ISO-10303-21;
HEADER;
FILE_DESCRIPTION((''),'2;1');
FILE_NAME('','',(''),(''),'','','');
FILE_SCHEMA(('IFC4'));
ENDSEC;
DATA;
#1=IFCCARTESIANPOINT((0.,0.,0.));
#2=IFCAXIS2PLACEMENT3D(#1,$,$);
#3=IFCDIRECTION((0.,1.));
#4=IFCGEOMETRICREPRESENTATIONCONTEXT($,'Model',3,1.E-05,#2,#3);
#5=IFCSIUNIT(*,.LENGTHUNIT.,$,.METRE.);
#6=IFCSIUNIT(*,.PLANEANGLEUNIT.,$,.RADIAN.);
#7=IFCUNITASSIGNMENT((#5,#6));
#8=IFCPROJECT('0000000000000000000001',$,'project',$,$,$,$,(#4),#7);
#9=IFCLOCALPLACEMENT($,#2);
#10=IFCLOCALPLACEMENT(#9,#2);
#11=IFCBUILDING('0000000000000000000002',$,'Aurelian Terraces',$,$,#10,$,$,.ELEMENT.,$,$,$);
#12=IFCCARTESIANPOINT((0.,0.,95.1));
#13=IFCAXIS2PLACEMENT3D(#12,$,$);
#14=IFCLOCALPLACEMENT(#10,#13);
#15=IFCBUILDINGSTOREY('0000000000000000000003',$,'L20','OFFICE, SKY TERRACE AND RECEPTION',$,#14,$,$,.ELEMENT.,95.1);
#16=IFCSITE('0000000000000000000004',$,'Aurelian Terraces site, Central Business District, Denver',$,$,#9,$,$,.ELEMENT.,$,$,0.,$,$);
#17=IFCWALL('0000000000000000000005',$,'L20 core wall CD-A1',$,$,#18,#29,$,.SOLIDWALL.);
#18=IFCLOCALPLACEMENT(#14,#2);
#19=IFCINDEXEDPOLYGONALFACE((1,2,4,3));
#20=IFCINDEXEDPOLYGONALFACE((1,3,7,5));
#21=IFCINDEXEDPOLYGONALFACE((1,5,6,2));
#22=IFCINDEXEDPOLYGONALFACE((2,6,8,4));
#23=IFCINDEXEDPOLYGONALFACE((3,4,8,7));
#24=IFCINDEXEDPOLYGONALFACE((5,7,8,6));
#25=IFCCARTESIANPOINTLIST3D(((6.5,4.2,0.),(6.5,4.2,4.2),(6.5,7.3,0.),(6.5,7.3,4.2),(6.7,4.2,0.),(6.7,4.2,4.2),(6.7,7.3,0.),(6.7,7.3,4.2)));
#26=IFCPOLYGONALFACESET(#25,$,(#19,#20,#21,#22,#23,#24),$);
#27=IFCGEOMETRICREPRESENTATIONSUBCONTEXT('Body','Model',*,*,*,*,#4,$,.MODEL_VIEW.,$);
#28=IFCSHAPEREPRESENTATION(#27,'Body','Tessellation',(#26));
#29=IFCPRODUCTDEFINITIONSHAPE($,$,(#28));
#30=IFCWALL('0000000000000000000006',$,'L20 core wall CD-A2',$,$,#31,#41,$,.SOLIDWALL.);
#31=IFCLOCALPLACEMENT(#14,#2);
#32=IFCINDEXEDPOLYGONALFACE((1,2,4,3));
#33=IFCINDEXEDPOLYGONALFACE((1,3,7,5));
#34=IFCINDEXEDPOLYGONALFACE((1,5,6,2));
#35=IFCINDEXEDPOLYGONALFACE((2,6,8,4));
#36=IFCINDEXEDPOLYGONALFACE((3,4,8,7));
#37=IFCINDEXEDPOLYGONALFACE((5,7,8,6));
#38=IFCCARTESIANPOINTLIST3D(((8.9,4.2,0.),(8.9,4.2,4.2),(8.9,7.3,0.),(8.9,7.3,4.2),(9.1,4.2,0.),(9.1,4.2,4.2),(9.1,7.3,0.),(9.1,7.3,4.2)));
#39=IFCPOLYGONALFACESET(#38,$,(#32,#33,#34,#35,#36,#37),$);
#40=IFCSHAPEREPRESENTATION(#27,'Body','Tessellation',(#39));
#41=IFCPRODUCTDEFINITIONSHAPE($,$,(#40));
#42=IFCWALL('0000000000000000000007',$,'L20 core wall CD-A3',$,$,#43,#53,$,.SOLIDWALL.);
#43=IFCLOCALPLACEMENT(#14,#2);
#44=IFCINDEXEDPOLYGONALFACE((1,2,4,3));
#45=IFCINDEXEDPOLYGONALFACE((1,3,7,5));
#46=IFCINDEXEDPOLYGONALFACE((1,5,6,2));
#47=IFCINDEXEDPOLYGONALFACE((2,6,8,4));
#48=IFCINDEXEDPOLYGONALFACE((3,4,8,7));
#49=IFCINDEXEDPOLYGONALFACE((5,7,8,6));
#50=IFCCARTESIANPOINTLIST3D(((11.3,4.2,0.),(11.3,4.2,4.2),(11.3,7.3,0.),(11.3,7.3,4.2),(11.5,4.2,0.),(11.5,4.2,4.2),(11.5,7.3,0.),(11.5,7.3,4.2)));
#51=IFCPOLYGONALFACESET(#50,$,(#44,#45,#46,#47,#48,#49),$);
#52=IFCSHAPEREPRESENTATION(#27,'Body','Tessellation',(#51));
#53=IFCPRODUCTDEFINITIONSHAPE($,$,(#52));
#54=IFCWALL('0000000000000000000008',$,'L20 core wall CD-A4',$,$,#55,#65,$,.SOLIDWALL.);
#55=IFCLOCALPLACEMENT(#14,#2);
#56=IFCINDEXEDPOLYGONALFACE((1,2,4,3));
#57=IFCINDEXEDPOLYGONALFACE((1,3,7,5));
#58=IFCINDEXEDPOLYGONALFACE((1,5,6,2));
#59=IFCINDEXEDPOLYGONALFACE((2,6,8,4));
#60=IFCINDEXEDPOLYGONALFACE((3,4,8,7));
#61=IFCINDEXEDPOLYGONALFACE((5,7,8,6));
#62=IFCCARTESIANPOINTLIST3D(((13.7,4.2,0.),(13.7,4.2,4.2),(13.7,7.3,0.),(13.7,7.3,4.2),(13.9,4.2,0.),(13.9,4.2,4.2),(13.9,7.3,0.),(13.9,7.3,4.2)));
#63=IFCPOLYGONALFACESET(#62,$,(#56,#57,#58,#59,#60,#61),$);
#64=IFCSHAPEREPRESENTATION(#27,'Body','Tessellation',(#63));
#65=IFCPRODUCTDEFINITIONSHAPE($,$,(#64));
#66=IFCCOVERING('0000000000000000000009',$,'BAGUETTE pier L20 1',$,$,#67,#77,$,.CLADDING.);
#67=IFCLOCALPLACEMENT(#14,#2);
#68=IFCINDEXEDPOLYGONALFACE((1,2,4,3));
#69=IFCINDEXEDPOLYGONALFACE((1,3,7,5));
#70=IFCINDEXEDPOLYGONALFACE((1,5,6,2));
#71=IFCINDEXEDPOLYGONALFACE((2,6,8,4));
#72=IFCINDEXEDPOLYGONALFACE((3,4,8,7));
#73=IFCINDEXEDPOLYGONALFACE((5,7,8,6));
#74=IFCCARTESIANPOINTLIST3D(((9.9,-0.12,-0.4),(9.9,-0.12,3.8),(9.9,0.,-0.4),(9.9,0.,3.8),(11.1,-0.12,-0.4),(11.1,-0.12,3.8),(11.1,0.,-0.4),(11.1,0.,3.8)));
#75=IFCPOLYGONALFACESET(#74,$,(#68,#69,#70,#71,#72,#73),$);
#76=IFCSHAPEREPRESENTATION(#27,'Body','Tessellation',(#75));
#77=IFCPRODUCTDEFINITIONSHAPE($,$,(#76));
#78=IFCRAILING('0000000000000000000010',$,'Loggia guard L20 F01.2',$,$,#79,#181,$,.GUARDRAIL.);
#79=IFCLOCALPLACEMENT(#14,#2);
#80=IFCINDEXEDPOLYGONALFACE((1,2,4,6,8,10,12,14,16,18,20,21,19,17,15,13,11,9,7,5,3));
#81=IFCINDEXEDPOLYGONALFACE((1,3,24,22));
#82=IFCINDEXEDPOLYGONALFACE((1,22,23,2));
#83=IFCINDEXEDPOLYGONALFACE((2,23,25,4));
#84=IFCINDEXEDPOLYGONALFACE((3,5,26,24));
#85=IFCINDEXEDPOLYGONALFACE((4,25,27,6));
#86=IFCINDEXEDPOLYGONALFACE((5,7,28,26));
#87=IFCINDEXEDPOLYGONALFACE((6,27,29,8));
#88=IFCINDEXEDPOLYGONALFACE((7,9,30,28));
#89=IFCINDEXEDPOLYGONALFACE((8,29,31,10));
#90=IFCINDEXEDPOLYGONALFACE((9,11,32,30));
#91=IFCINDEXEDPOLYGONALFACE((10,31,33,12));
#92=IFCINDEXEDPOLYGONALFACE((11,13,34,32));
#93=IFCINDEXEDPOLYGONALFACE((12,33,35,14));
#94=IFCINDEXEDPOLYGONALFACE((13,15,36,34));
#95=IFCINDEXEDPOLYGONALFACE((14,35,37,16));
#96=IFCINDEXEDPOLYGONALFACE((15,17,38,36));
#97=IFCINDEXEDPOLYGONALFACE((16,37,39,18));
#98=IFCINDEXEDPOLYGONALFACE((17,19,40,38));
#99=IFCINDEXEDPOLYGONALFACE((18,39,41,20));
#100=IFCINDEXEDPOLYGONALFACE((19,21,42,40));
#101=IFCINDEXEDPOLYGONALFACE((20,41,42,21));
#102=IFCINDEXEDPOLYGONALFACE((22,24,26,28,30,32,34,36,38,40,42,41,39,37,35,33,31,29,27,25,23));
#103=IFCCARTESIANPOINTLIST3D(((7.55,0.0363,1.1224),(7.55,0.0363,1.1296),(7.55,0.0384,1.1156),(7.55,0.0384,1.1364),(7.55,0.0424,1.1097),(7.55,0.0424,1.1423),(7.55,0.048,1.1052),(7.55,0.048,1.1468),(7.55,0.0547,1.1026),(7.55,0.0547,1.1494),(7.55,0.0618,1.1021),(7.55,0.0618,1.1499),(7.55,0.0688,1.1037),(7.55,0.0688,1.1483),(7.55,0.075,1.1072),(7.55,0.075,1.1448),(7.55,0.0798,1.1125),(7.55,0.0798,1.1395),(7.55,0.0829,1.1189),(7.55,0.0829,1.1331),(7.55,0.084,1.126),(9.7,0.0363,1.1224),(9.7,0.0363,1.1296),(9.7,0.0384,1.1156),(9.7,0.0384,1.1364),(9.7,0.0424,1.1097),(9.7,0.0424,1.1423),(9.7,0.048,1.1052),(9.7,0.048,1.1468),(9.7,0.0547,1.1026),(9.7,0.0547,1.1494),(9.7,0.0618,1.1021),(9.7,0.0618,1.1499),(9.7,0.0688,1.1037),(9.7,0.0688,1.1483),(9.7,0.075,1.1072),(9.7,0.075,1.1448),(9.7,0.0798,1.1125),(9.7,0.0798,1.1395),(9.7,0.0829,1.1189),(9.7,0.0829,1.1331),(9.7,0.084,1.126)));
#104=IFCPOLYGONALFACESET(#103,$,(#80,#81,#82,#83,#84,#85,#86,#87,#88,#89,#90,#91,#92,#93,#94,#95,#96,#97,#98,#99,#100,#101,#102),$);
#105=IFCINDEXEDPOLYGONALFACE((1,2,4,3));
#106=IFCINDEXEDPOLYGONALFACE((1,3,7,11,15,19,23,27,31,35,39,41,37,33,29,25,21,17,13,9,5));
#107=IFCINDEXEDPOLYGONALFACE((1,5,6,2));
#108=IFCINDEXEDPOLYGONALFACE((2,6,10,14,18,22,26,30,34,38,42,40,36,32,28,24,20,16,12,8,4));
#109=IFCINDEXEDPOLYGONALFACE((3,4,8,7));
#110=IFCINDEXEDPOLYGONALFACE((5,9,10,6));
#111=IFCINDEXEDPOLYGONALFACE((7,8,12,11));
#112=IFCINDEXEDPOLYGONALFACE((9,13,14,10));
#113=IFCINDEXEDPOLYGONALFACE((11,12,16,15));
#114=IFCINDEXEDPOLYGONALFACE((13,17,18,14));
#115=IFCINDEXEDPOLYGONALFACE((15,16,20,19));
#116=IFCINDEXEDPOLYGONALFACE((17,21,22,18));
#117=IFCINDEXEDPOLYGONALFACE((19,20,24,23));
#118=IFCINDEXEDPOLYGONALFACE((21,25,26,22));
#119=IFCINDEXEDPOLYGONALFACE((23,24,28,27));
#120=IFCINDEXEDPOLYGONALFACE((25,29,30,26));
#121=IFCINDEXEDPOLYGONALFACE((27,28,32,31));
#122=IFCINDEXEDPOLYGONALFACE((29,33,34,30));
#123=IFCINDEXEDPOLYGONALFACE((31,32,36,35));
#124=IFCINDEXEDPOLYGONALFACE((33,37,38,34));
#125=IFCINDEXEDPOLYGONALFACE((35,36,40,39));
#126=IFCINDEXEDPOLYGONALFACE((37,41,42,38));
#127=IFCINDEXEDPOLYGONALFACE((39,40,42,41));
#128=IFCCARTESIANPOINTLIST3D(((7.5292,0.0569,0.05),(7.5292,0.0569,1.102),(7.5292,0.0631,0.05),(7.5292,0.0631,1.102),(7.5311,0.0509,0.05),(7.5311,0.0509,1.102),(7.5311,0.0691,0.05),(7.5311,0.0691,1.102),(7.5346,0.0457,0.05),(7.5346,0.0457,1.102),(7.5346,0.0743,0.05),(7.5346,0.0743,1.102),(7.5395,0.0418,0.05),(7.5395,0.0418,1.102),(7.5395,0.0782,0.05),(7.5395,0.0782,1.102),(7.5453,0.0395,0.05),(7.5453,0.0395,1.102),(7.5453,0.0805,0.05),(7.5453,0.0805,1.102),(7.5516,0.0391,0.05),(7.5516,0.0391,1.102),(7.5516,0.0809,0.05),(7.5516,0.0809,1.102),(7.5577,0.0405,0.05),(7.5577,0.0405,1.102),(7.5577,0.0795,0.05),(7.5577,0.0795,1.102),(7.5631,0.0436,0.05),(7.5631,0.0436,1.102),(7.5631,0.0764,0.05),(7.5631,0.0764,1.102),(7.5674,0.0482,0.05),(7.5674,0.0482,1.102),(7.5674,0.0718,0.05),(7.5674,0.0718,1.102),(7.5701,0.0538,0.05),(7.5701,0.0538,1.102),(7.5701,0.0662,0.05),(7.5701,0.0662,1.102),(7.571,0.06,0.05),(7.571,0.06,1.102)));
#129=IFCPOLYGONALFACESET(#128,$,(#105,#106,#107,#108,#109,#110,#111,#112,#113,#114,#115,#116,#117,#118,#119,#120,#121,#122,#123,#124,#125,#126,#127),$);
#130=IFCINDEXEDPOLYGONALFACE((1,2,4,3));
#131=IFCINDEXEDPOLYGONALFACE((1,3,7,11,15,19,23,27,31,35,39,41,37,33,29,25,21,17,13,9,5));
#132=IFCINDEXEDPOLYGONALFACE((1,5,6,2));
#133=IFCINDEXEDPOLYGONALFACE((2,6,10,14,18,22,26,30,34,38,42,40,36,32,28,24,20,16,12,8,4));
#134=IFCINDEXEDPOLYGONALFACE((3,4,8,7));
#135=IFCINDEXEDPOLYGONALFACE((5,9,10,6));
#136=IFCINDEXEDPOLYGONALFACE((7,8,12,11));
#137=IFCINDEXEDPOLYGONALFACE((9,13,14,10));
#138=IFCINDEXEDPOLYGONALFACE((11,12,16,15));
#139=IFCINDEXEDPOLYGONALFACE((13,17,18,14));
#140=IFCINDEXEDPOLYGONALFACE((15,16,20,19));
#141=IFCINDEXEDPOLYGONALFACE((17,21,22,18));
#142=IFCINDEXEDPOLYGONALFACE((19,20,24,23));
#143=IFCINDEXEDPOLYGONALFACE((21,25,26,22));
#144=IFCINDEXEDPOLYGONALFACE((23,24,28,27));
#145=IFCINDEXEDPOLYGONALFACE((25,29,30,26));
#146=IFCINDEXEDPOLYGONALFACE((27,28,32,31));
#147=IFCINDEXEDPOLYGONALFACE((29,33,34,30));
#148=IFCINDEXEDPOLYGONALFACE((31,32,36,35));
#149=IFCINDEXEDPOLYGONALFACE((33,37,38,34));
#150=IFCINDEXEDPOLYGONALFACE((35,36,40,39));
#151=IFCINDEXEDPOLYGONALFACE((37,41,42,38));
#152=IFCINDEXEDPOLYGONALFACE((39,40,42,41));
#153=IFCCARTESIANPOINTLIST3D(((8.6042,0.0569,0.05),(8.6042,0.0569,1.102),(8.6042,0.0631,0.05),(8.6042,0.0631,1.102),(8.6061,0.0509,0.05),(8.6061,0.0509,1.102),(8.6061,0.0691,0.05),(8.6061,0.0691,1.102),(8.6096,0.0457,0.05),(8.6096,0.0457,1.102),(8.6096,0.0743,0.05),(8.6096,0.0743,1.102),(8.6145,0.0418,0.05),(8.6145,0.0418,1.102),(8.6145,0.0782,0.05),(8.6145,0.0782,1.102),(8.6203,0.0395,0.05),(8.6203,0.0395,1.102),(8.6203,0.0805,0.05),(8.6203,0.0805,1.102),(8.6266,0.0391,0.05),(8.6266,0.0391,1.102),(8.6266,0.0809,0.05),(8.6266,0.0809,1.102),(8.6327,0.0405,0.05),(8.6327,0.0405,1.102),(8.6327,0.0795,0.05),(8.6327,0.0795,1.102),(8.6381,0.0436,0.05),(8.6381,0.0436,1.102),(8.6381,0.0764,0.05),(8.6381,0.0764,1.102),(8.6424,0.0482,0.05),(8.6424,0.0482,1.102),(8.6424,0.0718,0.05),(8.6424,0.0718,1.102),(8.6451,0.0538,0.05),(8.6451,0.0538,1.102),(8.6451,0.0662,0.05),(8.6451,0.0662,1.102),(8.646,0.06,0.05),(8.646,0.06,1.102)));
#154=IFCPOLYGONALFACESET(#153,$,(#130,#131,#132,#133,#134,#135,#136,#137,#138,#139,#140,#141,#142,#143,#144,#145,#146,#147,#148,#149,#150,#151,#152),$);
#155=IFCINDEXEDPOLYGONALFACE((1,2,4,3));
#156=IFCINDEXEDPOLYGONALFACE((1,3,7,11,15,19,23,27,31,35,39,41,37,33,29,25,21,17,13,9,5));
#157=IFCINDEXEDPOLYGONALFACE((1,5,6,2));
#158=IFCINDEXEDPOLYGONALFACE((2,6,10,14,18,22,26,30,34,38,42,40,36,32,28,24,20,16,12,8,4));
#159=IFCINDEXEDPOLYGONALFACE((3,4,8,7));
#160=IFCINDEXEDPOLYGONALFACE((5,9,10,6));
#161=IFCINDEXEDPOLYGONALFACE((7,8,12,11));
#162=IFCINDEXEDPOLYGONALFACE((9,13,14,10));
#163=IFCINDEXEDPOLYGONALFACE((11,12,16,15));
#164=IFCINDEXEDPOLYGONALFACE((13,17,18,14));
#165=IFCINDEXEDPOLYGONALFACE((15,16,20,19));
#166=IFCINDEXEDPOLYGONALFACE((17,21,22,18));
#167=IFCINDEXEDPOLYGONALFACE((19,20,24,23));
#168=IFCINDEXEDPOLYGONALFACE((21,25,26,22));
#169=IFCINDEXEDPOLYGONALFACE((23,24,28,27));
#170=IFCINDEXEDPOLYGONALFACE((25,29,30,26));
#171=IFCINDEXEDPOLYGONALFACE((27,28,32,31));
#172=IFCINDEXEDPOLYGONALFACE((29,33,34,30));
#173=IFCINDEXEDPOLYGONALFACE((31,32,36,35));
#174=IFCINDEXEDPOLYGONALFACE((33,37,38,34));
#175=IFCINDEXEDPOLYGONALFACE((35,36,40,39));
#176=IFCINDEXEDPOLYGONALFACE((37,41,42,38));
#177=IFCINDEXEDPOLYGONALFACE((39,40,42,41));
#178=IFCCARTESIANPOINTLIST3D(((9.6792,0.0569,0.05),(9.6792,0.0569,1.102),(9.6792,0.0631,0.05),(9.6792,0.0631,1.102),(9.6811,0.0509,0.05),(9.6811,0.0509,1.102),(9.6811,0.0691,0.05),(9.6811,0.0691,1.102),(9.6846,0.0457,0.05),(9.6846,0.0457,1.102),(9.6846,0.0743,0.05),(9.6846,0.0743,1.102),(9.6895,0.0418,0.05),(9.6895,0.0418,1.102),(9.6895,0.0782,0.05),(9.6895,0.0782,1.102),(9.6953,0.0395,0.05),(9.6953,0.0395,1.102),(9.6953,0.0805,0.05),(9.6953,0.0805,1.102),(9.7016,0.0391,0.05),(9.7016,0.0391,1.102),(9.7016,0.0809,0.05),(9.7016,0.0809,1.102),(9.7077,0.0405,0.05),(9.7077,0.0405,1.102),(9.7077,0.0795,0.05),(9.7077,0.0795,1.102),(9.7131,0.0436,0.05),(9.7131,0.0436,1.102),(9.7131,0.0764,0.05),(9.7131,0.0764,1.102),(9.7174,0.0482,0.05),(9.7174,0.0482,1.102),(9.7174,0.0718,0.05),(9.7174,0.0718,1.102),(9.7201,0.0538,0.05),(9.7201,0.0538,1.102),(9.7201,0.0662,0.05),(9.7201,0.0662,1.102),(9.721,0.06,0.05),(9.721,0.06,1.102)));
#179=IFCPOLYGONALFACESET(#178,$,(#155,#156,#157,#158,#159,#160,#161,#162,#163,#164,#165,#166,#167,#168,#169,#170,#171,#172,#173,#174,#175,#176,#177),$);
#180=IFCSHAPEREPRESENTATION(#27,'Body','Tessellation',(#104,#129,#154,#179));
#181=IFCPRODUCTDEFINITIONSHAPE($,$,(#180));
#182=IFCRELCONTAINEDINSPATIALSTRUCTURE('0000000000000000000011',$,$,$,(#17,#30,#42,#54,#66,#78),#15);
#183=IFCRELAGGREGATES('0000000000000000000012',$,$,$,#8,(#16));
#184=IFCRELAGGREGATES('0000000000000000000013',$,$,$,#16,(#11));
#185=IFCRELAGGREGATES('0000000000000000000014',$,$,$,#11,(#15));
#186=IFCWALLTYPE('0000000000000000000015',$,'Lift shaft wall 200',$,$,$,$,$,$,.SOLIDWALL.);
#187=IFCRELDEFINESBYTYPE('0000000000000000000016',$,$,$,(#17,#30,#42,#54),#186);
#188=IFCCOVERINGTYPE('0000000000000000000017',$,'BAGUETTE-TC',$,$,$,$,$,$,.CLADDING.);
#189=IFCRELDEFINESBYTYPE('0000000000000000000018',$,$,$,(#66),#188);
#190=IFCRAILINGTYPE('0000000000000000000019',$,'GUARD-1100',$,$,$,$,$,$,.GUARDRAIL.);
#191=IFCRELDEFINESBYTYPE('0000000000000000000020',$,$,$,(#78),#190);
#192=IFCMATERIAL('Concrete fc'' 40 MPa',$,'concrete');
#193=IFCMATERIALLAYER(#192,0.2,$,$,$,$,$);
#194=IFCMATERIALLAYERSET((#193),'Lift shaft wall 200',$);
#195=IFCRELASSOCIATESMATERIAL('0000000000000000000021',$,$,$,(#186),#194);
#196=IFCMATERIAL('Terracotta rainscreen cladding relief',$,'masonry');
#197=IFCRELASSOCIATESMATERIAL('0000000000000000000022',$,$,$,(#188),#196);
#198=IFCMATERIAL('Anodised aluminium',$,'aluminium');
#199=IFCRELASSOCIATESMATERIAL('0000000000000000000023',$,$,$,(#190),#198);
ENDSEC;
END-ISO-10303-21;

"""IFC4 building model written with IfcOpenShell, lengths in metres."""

from ifc_helpers import new_model, si_unit, direction, frame, frame_2d, origin, origin_2d, place, context, subcontext, project, spatial, rectangle, circle, extrude, source, transform, mapped, material, layer, layer_set, type_object, element, save


model = new_model("IFC4")

# Units and contexts
model_context = context("Model", 3, precision=1e-05, world=origin(), true_north=direction((0.0, 1.0)))
body_context = subcontext(model_context, "Body", "Model", "MODEL_VIEW")
ifc_project = project(units=[si_unit("LENGTHUNIT", "METRE"), si_unit("PLANEANGLEUNIT", "RADIAN")], contexts=[model_context])

# Site, building, storey
site_placement = place(None, origin())
site = spatial("IfcSite", under=ifc_project, at=site_placement, Name="Aurelian Terraces site, Central Business District, Denver", CompositionType="ELEMENT", RefElevation=0.0)
building_placement = place(site_placement, origin())
building = spatial("IfcBuilding", under=site, at=building_placement, Name="Aurelian Terraces", CompositionType="ELEMENT")
storey_placement = place(building_placement, frame((0.0, 0.0, 95.1)))
storey = spatial("IfcBuildingStorey", under=building, at=storey_placement, Name="L20", Description="OFFICE, SKY TERRACE AND RECEPTION", CompositionType="ELEMENT", Elevation=95.1)

# Shared definitions
ifc_material_1 = material(Name="Concrete fc' 40 MPa", Category="concrete")

# Walls
ifc_layer_1 = layer(ifc_material_1, 0.2)
ifc_layer_set_1 = layer_set([ifc_layer_1], Name="Lift shaft wall 200")
wall_type_1 = type_object("IfcWallType", Name="Lift shaft wall 200", PredefinedType="SOLIDWALL", material=ifc_layer_set_1)
shared_shape_1 = source(origin(), body_context, "Body", "SweptSolid", [
    extrude(rectangle(XDim=3.1, YDim=0.2, at=frame_2d((1.55, 0.0))), origin(), (0.0, 0.0, 1.0), 4.2),
])
for number, where, z_axis, x_axis, name in (
    (1, (6.6, 4.2, 0.0), (0.0, 0.0, 1.0), (0.0, 1.0, 0.0), "L20 core wall CD-A1"),
    (2, (9.0, 4.2, 0.0), (0.0, 0.0, 1.0), (0.0, 1.0, 0.0), "L20 core wall CD-A2"),
    (3, (11.4, 4.2, 0.0), (0.0, 0.0, 1.0), (0.0, 1.0, 0.0), "L20 core wall CD-A3"),
    (4, (13.8, 4.2, 0.0), (0.0, 0.0, 1.0), (0.0, 1.0, 0.0), "L20 core wall CD-A4"),
):
    element("IfcWall", number, at=place(storey_placement, frame(where, z_axis=z_axis, x_axis=x_axis)), inside=storey, type_object=wall_type_1, Name=name, PredefinedType="SOLIDWALL", context=body_context, shape_type="MappedRepresentation", body=[
        mapped(shared_shape_1, transform((0.0, 0.0, 0.0), scale=1.0)),
    ])

# Covering
ifc_material_2 = material(Name="Terracotta rainscreen cladding relief", Category="masonry")
covering_type = type_object("IfcCoveringType", Name="BAGUETTE-TC", PredefinedType="CLADDING", material=ifc_material_2)
shared_shape_2 = source(origin(), body_context, "Body", "SweptSolid", [
    extrude(rectangle(XDim=1.2, YDim=0.12, at=origin_2d()), origin(), (0.0, 0.0, 1.0), 4.2),
])
covering_placement = place(storey_placement, frame((10.5, -0.06, -0.4), z_axis=(0.0, 0.0, 1.0), x_axis=(1.0, 0.0, 0.0)))
element("IfcCovering", 5, at=covering_placement, inside=storey, type_object=covering_type, Name="BAGUETTE pier L20 1", PredefinedType="CLADDING", context=body_context, shape_type="MappedRepresentation", body=[
    mapped(shared_shape_2, transform((0.0, 0.0, 0.0), scale=1.0)),
])

# Railing
ifc_material_3 = material(Name="Anodised aluminium", Category="aluminium")
railing_type = type_object("IfcRailingType", Name="GUARD-1100", PredefinedType="GUARDRAIL", material=ifc_material_3)
shared_shape_3 = source(origin(), body_context, "Body", "SweptSolid", [
    extrude(circle(Radius=0.024, at=origin_2d()), frame((0.0, 0.0, 1.076), z_axis=(1.0, 0.0, 0.0), x_axis=(0.0, 1.0, 0.0)), (0.0, 0.0, 1.0), 2.15),
    extrude(circle(Radius=0.021, at=origin_2d()), origin(), (0.0, 0.0, 1.0), 1.052),
    extrude(circle(Radius=0.021, at=origin_2d()), frame((1.075, 0.0, 0.0)), (0.0, 0.0, 1.0), 1.052),
    extrude(circle(Radius=0.021, at=origin_2d()), frame((2.15, 0.0, 0.0)), (0.0, 0.0, 1.0), 1.052),
])
railing_placement = place(storey_placement, frame((7.55, 0.06, 0.05)))
element("IfcRailing", 6, at=railing_placement, inside=storey, type_object=railing_type, Name="Loggia guard L20 F01.2", PredefinedType="GUARDRAIL", context=body_context, shape_type="MappedRepresentation", body=[
    mapped(shared_shape_3, transform((0.0, 0.0, 0.0), scale=1.0)),
])

save(model, "model.ifc")
